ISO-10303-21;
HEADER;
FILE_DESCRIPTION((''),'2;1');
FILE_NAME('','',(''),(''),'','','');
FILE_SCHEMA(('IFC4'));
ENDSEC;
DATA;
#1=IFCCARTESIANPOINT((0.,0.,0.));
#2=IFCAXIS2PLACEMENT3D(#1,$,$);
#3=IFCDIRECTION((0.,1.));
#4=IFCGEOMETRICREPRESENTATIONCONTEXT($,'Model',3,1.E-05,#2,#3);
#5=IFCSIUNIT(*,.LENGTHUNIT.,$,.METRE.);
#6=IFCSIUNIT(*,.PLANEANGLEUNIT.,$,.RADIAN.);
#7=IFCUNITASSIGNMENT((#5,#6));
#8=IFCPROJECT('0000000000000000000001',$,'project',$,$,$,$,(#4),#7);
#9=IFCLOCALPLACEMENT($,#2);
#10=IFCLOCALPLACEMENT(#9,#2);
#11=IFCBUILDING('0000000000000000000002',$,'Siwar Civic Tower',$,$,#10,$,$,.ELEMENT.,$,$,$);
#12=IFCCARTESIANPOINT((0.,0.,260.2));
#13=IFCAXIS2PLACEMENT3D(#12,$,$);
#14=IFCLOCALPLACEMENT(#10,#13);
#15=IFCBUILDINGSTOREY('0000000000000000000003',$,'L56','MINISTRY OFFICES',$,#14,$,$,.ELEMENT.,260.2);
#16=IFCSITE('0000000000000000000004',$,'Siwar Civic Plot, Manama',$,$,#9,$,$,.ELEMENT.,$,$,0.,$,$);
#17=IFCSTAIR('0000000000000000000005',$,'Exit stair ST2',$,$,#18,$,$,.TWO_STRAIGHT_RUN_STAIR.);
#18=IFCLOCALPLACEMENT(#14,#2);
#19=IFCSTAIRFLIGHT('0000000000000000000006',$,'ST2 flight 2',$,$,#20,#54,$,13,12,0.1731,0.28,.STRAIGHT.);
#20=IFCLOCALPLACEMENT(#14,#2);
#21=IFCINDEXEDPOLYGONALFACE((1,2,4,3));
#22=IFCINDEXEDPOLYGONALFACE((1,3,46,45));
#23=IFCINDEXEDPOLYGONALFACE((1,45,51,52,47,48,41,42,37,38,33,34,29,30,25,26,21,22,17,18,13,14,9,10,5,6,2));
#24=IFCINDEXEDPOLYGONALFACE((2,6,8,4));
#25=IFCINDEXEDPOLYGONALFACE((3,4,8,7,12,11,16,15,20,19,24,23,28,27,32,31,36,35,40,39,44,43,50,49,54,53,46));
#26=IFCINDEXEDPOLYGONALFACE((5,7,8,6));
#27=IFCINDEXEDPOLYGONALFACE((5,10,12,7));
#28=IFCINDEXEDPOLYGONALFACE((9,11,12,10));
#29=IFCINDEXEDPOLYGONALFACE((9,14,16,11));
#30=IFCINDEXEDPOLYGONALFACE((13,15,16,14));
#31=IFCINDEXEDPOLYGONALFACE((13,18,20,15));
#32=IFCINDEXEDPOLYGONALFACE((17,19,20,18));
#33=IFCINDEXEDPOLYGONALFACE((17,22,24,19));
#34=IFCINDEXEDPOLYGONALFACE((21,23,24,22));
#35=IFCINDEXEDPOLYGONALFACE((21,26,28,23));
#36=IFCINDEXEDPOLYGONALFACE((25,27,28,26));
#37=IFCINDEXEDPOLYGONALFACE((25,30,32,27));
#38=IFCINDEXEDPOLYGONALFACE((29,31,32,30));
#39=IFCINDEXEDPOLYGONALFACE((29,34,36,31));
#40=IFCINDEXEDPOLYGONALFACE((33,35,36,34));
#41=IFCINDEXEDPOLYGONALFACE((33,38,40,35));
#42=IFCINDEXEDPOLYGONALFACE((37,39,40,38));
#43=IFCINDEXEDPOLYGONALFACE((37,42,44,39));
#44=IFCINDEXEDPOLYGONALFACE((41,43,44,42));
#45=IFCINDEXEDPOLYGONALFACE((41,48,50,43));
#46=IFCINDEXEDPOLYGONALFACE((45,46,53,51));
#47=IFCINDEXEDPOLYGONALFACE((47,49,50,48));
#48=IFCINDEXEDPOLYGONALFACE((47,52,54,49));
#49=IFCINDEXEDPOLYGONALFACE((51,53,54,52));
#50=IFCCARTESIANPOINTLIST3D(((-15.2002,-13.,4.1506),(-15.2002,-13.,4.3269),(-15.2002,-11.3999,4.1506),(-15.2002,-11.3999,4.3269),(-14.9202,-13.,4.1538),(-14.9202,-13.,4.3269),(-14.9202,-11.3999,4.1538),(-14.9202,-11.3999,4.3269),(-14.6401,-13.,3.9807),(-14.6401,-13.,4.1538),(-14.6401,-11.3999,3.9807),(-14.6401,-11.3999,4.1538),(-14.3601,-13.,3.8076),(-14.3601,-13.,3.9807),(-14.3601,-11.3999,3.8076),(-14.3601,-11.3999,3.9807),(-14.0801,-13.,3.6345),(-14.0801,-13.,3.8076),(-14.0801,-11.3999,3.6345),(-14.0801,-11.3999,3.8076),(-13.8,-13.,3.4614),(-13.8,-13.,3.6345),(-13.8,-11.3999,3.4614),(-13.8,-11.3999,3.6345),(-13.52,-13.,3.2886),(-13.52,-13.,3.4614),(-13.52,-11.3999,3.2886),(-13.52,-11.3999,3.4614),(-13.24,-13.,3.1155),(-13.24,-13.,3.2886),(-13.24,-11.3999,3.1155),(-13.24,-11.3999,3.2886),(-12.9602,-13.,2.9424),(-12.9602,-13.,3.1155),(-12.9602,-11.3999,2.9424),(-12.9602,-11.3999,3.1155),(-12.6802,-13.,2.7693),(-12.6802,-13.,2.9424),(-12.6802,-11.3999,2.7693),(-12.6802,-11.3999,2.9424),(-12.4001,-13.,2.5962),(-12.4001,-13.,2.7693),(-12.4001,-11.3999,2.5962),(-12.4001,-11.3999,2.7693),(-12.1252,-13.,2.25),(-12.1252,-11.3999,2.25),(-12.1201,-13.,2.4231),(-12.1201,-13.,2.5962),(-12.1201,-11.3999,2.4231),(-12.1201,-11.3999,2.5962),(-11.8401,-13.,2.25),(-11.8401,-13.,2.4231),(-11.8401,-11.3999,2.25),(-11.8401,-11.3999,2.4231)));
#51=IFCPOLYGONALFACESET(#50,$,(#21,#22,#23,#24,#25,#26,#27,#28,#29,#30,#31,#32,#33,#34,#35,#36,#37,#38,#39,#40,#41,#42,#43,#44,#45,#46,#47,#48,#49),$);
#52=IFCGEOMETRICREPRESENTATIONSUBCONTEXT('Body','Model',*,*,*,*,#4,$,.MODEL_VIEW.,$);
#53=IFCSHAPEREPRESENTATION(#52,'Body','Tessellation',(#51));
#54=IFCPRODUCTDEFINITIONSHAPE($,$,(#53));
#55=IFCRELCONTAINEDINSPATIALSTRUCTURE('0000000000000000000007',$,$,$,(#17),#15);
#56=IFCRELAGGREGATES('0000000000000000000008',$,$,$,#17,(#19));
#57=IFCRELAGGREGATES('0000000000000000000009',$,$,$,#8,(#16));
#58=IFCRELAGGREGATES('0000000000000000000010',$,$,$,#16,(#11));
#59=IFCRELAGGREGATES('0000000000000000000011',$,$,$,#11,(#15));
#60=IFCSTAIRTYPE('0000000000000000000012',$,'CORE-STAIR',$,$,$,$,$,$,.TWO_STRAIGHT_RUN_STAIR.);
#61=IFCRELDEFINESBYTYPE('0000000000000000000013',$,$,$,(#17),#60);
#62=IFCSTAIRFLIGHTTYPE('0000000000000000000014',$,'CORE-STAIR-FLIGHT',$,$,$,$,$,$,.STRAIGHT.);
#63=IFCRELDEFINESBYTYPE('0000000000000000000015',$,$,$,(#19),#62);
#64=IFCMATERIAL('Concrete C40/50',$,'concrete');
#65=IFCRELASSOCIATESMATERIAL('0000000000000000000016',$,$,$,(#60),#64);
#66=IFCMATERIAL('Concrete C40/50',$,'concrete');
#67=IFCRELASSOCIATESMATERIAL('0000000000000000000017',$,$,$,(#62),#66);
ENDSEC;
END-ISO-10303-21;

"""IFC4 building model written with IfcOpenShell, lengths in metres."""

from ifc_helpers import new_model, si_unit, direction, frame, origin, place, context, subcontext, project, spatial, polyline, outline, extrude, material, type_object, element, aggregate, save


model = new_model("IFC4")

# Units and contexts
model_context = context("Model", 3, precision=1e-05, world=origin(), true_north=direction((0.0, 1.0)))
body_context = subcontext(model_context, "Body", "Model", "MODEL_VIEW")
ifc_project = project(units=[si_unit("LENGTHUNIT", "METRE"), si_unit("PLANEANGLEUNIT", "RADIAN")], contexts=[model_context])

# Site, building, storey
site_placement = place(None, origin())
site = spatial("IfcSite", under=ifc_project, at=site_placement, Name="Siwar Civic Plot, Manama", CompositionType="ELEMENT", RefElevation=0.0)
building_placement = place(site_placement, origin())
building = spatial("IfcBuilding", under=site, at=building_placement, Name="Siwar Civic Tower", CompositionType="ELEMENT")
storey_placement = place(building_placement, frame((0.0, 0.0, 260.2)))
storey = spatial("IfcBuildingStorey", under=building, at=storey_placement, Name="L56", Description="MINISTRY OFFICES", CompositionType="ELEMENT", Elevation=260.2)

# Stair, stair flight
ifc_material_1 = material(Name="Concrete C40/50", Category="concrete")
stair_type = type_object("IfcStairType", Name="CORE-STAIR", PredefinedType="TWO_STRAIGHT_RUN_STAIR", material=ifc_material_1)
stair_placement = place(storey_placement, origin())
stair = element("IfcStair", 1, at=stair_placement, inside=storey, type_object=stair_type, Name="Exit stair ST2", PredefinedType="TWO_STRAIGHT_RUN_STAIR")
ifc_material_2 = material(Name="Concrete C40/50", Category="concrete")
stair_flight_type = type_object("IfcStairFlightType", Name="CORE-STAIR-FLIGHT", PredefinedType="STRAIGHT", material=ifc_material_2)
stair_flight_1_placement = place(storey_placement, frame((-11.8401, -12.2, 2.25), z_axis=(0.0, 0.0, 1.0), x_axis=(-1.0, 0.0, 0.0)))
stair_flight_1 = element("IfcStairFlight", 2, at=stair_flight_1_placement, type_object=stair_flight_type, Name="ST2 flight 2", NumberOfRisers=13, NumberOfTreads=12, PredefinedType="STRAIGHT", RiserHeight=0.1731, TreadLength=0.28, context=body_context, shape_type="SweptSolid", body=[
    extrude(outline(polyline([(0.0, 0.0), (0.0, 0.1731), (0.28, 0.1731), (0.28, 0.3462), (0.5601, 0.3462), (0.5601, 0.5193), (0.8401, 0.5193), (0.8401, 0.6924), (1.1201, 0.6924), (1.1201, 0.8655), (1.3999, 0.8655), (1.3999, 1.0386), (1.6799, 1.0386), (1.6799, 1.2114), (1.96, 1.2114), (1.96, 1.3845), (2.24, 1.3845), (2.24, 1.5576), (2.52, 1.5576), (2.52, 1.7307), (2.8, 1.7307), (2.8, 1.9038), (3.0801, 1.9038), (3.0801, 2.0769), (3.3601, 2.0769), (3.3601, 2.25), (3.3601, 1.9006), (0.2852, 0.0), (0.0, 0.0)])), frame((0.0, 0.8, 0.0), z_axis=(0.0, -1.0, 0.0), x_axis=(1.0, 0.0, 0.0)), (0.0, 0.0, 1.0), 1.6001),
])
aggregate(stair, [stair_flight_1])

save(model, "model.ifc")
